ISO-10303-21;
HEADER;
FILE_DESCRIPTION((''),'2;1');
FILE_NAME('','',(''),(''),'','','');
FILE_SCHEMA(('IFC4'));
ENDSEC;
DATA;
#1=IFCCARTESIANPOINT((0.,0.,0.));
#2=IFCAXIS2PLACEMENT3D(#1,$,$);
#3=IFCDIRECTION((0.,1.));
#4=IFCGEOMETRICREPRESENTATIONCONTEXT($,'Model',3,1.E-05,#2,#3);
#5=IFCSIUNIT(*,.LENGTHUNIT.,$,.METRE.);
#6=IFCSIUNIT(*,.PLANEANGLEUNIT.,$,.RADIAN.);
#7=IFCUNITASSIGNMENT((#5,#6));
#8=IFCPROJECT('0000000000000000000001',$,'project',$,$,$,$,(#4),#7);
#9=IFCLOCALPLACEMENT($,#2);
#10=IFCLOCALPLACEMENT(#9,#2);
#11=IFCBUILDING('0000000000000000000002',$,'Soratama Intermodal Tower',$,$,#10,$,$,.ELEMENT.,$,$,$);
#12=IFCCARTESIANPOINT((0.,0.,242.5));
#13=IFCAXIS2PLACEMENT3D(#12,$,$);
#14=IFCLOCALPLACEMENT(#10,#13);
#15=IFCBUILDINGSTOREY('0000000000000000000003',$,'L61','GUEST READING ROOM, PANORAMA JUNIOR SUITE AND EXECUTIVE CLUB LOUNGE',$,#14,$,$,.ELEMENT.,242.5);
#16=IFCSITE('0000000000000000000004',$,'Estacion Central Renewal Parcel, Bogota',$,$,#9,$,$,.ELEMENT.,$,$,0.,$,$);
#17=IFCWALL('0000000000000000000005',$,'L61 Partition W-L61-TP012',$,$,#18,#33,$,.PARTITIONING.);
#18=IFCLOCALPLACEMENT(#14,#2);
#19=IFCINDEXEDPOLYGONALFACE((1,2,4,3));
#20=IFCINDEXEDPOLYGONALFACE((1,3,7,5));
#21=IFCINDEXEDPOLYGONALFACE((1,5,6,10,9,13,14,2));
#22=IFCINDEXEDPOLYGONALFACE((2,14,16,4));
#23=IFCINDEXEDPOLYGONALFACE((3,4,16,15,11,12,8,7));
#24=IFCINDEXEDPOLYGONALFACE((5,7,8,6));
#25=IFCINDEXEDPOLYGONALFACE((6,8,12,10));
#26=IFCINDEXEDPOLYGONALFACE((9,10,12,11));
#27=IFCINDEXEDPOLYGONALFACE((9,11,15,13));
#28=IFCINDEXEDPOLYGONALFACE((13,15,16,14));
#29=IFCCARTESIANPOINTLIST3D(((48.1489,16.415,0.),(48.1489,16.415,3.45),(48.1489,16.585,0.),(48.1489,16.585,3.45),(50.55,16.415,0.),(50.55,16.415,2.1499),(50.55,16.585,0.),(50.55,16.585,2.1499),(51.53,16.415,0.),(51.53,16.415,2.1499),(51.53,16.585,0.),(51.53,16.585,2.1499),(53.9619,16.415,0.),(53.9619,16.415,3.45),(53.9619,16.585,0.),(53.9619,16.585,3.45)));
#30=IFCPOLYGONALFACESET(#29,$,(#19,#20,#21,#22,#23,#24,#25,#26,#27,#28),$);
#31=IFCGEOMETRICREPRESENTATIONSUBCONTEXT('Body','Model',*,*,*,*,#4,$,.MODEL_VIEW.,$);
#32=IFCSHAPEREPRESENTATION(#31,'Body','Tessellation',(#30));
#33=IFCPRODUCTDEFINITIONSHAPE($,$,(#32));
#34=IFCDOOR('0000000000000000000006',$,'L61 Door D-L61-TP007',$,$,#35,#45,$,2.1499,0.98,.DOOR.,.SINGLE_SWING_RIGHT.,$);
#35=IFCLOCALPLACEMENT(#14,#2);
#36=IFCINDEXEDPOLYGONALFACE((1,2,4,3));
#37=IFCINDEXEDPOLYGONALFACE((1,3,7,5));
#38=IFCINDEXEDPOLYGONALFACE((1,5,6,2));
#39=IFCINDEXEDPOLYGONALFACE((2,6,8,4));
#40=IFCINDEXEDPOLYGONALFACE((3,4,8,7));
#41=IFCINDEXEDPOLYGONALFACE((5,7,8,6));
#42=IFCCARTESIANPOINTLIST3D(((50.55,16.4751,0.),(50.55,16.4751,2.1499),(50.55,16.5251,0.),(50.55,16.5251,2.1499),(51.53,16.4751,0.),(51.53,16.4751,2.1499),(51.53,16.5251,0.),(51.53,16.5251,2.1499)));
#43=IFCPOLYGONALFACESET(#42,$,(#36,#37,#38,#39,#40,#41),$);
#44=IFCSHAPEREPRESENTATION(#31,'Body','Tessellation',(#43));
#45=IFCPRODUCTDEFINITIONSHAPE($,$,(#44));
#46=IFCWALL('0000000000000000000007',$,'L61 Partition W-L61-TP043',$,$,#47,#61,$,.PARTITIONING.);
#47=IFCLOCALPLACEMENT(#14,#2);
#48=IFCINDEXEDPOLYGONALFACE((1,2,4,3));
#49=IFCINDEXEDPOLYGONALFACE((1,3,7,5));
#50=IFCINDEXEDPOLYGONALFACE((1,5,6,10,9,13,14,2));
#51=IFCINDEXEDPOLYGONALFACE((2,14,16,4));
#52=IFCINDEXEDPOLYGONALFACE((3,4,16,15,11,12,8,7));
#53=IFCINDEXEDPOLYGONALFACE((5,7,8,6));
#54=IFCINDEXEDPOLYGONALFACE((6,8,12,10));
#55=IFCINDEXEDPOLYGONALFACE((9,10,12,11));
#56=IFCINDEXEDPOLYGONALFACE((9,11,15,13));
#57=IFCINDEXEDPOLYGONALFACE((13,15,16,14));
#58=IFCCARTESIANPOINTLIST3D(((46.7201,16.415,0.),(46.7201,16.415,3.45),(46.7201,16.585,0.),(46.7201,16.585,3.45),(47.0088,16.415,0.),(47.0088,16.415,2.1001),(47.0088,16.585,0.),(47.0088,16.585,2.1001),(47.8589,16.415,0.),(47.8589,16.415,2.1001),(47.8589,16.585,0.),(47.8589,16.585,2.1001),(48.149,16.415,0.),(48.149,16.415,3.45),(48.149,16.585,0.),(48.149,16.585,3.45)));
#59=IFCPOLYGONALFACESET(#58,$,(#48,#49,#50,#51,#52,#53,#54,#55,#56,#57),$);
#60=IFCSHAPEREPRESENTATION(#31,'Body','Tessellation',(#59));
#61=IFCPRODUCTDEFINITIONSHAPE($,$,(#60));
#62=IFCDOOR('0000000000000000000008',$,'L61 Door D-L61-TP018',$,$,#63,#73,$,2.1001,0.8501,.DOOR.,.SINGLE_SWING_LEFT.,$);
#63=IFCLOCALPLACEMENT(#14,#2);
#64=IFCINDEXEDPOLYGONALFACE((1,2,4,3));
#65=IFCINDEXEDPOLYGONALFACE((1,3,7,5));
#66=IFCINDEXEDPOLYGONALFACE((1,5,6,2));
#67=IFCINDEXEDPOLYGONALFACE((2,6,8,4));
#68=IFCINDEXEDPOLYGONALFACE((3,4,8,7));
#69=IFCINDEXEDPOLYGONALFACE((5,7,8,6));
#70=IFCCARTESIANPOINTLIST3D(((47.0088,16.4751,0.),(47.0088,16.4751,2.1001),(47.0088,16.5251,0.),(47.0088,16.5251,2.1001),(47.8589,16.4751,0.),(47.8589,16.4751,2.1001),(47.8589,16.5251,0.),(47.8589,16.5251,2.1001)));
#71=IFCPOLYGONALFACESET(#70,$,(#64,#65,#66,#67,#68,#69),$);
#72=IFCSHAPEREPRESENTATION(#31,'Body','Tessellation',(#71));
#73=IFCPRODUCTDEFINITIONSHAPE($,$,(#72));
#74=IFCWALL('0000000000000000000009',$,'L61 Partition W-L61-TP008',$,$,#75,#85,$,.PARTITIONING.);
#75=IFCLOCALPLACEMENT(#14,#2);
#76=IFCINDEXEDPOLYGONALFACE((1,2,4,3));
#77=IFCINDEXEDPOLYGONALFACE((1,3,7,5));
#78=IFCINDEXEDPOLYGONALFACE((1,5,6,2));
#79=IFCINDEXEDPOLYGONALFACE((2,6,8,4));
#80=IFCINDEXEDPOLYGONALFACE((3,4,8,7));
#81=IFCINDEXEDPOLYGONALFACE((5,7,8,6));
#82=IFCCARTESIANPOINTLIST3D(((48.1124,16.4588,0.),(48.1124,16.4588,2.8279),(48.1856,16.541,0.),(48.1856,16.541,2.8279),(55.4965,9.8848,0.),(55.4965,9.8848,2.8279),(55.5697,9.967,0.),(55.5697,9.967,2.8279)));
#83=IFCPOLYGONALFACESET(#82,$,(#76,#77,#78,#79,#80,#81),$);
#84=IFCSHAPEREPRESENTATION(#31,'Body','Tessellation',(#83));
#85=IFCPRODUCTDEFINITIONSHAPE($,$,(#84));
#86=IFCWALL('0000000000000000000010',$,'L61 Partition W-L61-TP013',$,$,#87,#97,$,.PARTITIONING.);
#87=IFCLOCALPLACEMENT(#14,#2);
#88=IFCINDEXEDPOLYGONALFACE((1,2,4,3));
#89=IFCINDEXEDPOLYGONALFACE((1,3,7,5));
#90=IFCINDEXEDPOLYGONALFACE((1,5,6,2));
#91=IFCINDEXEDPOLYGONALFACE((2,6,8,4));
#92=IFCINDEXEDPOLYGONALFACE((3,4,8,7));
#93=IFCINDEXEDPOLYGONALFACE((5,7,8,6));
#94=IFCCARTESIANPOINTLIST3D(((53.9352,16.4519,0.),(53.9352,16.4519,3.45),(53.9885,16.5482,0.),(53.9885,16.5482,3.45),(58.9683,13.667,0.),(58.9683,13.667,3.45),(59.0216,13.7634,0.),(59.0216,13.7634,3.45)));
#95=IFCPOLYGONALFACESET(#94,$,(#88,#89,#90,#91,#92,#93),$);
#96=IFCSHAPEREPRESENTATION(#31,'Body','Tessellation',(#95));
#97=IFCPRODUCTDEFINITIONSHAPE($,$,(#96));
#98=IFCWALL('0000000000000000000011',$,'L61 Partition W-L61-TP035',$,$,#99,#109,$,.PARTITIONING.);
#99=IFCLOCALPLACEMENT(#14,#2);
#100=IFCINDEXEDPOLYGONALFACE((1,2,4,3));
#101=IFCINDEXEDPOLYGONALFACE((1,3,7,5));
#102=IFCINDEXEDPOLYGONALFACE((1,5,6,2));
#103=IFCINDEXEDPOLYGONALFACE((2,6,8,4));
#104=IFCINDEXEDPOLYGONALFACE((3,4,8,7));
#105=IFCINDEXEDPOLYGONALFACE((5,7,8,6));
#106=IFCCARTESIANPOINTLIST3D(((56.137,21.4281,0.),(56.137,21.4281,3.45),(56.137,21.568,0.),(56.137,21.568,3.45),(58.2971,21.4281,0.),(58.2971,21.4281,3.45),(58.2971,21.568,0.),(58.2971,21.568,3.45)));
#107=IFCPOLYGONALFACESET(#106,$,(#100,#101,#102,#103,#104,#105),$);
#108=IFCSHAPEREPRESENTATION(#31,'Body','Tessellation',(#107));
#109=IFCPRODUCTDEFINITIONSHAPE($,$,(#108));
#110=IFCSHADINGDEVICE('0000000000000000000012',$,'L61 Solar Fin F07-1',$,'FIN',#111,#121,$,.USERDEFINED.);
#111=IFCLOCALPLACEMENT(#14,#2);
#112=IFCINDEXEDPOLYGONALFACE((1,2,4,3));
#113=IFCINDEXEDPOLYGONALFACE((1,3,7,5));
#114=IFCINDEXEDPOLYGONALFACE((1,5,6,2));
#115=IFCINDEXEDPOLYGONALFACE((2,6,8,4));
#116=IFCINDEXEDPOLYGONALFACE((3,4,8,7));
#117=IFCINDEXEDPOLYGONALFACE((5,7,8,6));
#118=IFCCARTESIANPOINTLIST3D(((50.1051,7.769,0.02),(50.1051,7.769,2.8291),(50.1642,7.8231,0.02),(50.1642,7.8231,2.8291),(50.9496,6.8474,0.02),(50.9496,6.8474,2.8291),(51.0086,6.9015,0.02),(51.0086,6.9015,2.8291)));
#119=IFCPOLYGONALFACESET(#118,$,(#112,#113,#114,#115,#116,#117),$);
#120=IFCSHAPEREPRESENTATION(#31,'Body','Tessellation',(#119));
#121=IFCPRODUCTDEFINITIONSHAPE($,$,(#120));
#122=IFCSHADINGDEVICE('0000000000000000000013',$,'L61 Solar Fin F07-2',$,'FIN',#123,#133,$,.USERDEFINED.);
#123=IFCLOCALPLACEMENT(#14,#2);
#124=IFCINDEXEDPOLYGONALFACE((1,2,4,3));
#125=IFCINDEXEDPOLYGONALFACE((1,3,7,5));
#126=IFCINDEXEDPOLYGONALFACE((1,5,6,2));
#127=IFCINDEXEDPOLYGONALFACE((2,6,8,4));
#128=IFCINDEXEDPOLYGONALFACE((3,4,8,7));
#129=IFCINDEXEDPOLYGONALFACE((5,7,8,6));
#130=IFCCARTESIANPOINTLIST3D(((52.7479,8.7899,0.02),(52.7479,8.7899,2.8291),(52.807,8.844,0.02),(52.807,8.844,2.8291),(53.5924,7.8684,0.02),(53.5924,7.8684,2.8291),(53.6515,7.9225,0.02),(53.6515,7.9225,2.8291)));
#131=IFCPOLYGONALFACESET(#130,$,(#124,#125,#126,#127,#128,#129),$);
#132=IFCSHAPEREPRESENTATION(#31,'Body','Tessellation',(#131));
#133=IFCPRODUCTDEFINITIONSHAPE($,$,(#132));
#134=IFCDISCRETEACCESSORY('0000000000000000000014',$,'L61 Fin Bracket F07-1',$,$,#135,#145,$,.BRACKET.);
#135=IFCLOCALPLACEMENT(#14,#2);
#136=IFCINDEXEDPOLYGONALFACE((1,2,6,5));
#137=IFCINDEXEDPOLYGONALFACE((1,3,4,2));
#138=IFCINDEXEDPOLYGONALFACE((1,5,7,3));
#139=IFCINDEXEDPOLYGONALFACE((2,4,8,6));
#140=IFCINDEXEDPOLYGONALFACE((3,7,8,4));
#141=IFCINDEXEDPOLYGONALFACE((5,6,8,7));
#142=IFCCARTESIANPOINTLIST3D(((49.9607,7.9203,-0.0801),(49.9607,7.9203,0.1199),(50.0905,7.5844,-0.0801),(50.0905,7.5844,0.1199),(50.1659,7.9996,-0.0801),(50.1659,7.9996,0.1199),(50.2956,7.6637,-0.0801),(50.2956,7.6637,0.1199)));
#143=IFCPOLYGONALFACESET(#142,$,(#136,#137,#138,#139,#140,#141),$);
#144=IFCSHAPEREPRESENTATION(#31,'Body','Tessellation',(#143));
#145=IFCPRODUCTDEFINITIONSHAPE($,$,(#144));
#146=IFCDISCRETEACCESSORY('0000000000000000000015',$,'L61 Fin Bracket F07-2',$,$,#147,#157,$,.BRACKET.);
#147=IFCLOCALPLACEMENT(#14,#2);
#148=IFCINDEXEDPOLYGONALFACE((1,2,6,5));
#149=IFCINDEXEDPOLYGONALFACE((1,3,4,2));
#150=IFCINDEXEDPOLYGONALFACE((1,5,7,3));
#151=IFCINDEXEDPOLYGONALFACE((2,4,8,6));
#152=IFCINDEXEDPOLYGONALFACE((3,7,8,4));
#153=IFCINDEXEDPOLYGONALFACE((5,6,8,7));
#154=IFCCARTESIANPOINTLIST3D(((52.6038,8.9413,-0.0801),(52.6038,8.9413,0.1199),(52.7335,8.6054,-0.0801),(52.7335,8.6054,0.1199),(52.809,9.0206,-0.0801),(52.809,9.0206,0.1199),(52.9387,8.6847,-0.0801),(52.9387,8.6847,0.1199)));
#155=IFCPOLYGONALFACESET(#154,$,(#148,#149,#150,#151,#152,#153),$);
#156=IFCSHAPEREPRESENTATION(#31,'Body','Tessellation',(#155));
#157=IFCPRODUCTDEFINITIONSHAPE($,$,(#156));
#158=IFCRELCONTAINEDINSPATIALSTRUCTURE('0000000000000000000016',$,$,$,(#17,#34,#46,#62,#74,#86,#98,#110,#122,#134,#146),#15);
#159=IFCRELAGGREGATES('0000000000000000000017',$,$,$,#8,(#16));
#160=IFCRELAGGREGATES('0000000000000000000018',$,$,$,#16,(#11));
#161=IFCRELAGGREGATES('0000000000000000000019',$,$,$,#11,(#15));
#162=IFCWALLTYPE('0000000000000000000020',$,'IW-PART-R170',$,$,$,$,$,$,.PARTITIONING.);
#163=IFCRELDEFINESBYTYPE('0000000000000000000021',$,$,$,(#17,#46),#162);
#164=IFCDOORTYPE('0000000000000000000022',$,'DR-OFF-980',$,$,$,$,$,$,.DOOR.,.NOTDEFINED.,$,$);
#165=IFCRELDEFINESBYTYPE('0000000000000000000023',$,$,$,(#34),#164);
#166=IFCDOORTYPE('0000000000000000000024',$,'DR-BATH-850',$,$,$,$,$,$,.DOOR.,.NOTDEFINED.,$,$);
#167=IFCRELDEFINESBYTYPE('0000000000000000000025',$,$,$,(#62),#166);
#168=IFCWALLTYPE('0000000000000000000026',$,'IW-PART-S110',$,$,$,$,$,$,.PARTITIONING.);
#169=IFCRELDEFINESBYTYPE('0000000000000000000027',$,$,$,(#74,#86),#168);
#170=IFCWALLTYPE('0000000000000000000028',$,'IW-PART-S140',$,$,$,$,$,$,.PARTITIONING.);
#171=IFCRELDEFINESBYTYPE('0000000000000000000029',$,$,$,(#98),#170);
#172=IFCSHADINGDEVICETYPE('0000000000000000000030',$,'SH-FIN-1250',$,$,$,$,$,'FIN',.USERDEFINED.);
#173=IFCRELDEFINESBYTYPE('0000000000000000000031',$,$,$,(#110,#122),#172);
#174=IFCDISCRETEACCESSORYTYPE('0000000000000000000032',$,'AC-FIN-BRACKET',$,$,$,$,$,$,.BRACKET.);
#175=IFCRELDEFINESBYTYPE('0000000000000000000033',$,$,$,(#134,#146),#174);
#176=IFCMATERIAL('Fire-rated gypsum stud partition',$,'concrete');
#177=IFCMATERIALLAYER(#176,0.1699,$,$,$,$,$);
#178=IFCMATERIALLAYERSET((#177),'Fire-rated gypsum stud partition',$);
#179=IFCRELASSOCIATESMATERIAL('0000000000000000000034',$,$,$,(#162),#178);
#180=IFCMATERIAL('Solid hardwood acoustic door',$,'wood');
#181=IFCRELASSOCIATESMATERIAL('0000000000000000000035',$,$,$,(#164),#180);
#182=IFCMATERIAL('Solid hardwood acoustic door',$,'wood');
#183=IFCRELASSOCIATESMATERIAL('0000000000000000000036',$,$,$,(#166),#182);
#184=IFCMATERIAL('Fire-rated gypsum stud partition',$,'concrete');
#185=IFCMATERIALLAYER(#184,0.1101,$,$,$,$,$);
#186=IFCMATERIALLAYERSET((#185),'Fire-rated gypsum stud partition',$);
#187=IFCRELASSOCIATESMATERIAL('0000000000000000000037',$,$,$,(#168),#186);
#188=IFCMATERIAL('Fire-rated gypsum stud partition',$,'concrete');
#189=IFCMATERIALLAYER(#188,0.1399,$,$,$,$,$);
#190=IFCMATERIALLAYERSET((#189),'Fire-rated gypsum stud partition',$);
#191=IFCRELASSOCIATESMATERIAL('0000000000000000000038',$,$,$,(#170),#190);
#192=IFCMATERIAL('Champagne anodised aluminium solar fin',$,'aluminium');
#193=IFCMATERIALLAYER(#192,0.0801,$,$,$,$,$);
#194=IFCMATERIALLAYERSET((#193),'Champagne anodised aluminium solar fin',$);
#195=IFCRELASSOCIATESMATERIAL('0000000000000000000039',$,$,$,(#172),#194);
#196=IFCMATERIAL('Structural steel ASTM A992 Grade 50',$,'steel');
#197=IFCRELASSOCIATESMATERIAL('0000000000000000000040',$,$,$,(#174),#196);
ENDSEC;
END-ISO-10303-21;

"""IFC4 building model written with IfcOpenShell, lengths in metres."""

from ifc_helpers import new_model, si_unit, direction, frame, frame_2d, origin, origin_2d, place, context, subcontext, project, spatial, rectangle, extrude, material, layer, layer_set, type_object, element, fill, save


model = new_model("IFC4")

# Units and contexts
model_context = context("Model", 3, precision=1e-05, world=origin(), true_north=direction((0.0, 1.0)))
body_context = subcontext(model_context, "Body", "Model", "MODEL_VIEW")
ifc_project = project(units=[si_unit("LENGTHUNIT", "METRE"), si_unit("PLANEANGLEUNIT", "RADIAN")], contexts=[model_context])

# Site, building, storey
site_placement = place(None, origin())
site = spatial("IfcSite", under=ifc_project, at=site_placement, Name="Estacion Central Renewal Parcel, Bogota", CompositionType="ELEMENT", RefElevation=0.0)
building_placement = place(site_placement, origin())
building = spatial("IfcBuilding", under=site, at=building_placement, Name="Soratama Intermodal Tower", CompositionType="ELEMENT")
storey_placement = place(building_placement, frame((0.0, 0.0, 242.5)))
storey = spatial("IfcBuildingStorey", under=building, at=storey_placement, Name="L61", Description="GUEST READING ROOM, PANORAMA JUNIOR SUITE AND EXECUTIVE CLUB LOUNGE", CompositionType="ELEMENT", Elevation=242.5)

# Walls, openings, doors
ifc_material_1 = material(Name="Fire-rated gypsum stud partition", Category="concrete")
ifc_layer_1 = layer(ifc_material_1, 0.1699)
ifc_layer_set_1 = layer_set([ifc_layer_1], Name="Fire-rated gypsum stud partition")
wall_type_1 = type_object("IfcWallType", Name="IW-PART-R170", PredefinedType="PARTITIONING", material=ifc_layer_set_1)
wall_1_placement = place(storey_placement, frame((53.9619, 16.5, 0.0), z_axis=(0.0, 0.0, 1.0), x_axis=(-1.0, 0.0, 0.0)))
wall_1 = element("IfcWall", 1, at=wall_1_placement, inside=storey, type_object=wall_type_1, Name="L61 Partition W-L61-TP012", PredefinedType="PARTITIONING", context=body_context, shape_type="SweptSolid", body=[
    extrude(rectangle(XDim=5.813, YDim=0.1699, at=frame_2d((2.9065, 0.0))), origin(), (0.0, 0.0, 1.0), 3.45),
])
opening_1_placement = place(wall_1_placement, frame((2.4319, 0.0, 0.0)))
opening_1 = element("IfcOpeningElement", 2, at=opening_1_placement, cuts=wall_1, PredefinedType="OPENING", context=body_context, shape_type="SweptSolid", body=[
    extrude(rectangle(XDim=0.98, YDim=2.1499, at=frame_2d((0.49, 1.075))), frame((0.0, 0.095, 0.0), z_axis=(0.0, -1.0, 0.0), x_axis=(1.0, 0.0, 0.0)), (0.0, 0.0, 1.0), 0.1899),
])
ifc_material_2 = material(Name="Solid hardwood acoustic door", Category="wood")
door_type_1 = type_object("IfcDoorType", Name="DR-OFF-980", OperationType="NOTDEFINED", PredefinedType="DOOR", material=ifc_material_2)
door_1_placement = place(opening_1_placement, origin())
door_1 = element("IfcDoor", 3, at=door_1_placement, inside=storey, type_object=door_type_1, Name="L61 Door D-L61-TP007", OperationType="SINGLE_SWING_RIGHT", OverallHeight=2.1499, OverallWidth=0.98, PredefinedType="DOOR", context=body_context, shape_type="SweptSolid", body=[
    extrude(rectangle(XDim=0.98, YDim=2.1499, at=frame_2d((0.49, 1.075))), frame((0.0, 0.0249, 0.0), z_axis=(0.0, -1.0, 0.0), x_axis=(1.0, 0.0, 0.0)), (0.0, 0.0, 1.0), 0.05),
])
fill(opening_1, door_1)
wall_2_placement = place(storey_placement, frame((48.1489, 16.5, 0.0), z_axis=(0.0, 0.0, 1.0), x_axis=(-1.0, 0.0, 0.0)))
wall_2 = element("IfcWall", 4, at=wall_2_placement, inside=storey, type_object=wall_type_1, Name="L61 Partition W-L61-TP043", PredefinedType="PARTITIONING", context=body_context, shape_type="SweptSolid", body=[
    extrude(rectangle(XDim=1.429, YDim=0.1699, at=frame_2d((0.7144, 0.0))), origin(), (0.0, 0.0, 1.0), 3.45),
])
opening_2_placement = place(wall_2_placement, frame((0.29, 0.0, 0.0)))
opening_2 = element("IfcOpeningElement", 5, at=opening_2_placement, cuts=wall_2, PredefinedType="OPENING", context=body_context, shape_type="SweptSolid", body=[
    extrude(rectangle(XDim=0.8501, YDim=2.1001, at=frame_2d((0.425, 1.05))), frame((0.0, 0.095, 0.0), z_axis=(0.0, -1.0, 0.0), x_axis=(1.0, 0.0, 0.0)), (0.0, 0.0, 1.0), 0.1899),
])
ifc_material_3 = material(Name="Solid hardwood acoustic door", Category="wood")
door_type_2 = type_object("IfcDoorType", Name="DR-BATH-850", OperationType="NOTDEFINED", PredefinedType="DOOR", material=ifc_material_3)
door_2_placement = place(opening_2_placement, origin())
door_2 = element("IfcDoor", 6, at=door_2_placement, inside=storey, type_object=door_type_2, Name="L61 Door D-L61-TP018", OperationType="SINGLE_SWING_LEFT", OverallHeight=2.1001, OverallWidth=0.8501, PredefinedType="DOOR", context=body_context, shape_type="SweptSolid", body=[
    extrude(rectangle(XDim=0.8501, YDim=2.1001, at=frame_2d((0.425, 1.05))), frame((0.0, 0.0249, 0.0), z_axis=(0.0, -1.0, 0.0), x_axis=(1.0, 0.0, 0.0)), (0.0, 0.0, 1.0), 0.05),
])
fill(opening_2, door_2)

# Walls
ifc_material_4 = material(Name="Fire-rated gypsum stud partition", Category="concrete")
ifc_layer_2 = layer(ifc_material_4, 0.1101)
ifc_layer_set_2 = layer_set([ifc_layer_2], Name="Fire-rated gypsum stud partition")
wall_type_2 = type_object("IfcWallType", Name="IW-PART-S110", PredefinedType="PARTITIONING", material=ifc_layer_set_2)
wall_3_placement = place(storey_placement, frame((48.1489, 16.5, 0.0), z_axis=(0.0, 0.0, 1.0), x_axis=(0.746887, -0.664951, 0.0)))
element("IfcWall", 7, at=wall_3_placement, inside=storey, type_object=wall_type_2, Name="L61 Partition W-L61-TP008", PredefinedType="PARTITIONING", context=body_context, shape_type="SweptSolid", body=[
    extrude(rectangle(XDim=9.8865, YDim=0.1101, at=frame_2d((4.9434, 0.0))), origin(), (0.0, 0.0, 1.0), 2.8279),
])
wall_4_placement = place(storey_placement, frame((53.9619, 16.5, 0.0), z_axis=(0.0, 0.0, 1.0), x_axis=(0.874991, -0.48414, 0.0)))
element("IfcWall", 8, at=wall_4_placement, inside=storey, type_object=wall_type_2, Name="L61 Partition W-L61-TP013", PredefinedType="PARTITIONING", context=body_context, shape_type="SweptSolid", body=[
    extrude(rectangle(XDim=5.7522, YDim=0.1101, at=frame_2d((2.876, 0.0))), origin(), (0.0, 0.0, 1.0), 3.45),
])
ifc_material_5 = material(Name="Fire-rated gypsum stud partition", Category="concrete")
ifc_layer_3 = layer(ifc_material_5, 0.1399)
ifc_layer_set_3 = layer_set([ifc_layer_3], Name="Fire-rated gypsum stud partition")
wall_type_3 = type_object("IfcWallType", Name="IW-PART-S140", PredefinedType="PARTITIONING", material=ifc_layer_set_3)
wall_5_placement = place(storey_placement, frame((56.137, 21.498, 0.0), z_axis=(0.0, 0.0, 1.0), x_axis=(1.0, 0.0, 0.0)))
element("IfcWall", 9, at=wall_5_placement, inside=storey, type_object=wall_type_3, Name="L61 Partition W-L61-TP035", PredefinedType="PARTITIONING", context=body_context, shape_type="SweptSolid", body=[
    extrude(rectangle(XDim=2.1602, YDim=0.1399, at=frame_2d((1.0801, 0.0))), origin(), (0.0, 0.0, 1.0), 3.45),
])

# Shading devices
ifc_material_6 = material(Name="Champagne anodised aluminium solar fin", Category="aluminium")
ifc_layer_4 = layer(ifc_material_6, 0.0801)
ifc_layer_set_4 = layer_set([ifc_layer_4], Name="Champagne anodised aluminium solar fin")
shading_device_type = type_object("IfcShadingDeviceType", Name="SH-FIN-1250", ElementType="FIN", PredefinedType="USERDEFINED", material=ifc_layer_set_4)
for number, where, z_axis, x_axis, name in (
    (10, (50.5569, 7.3352, 0.02), (0.0, 0.0, 1.0), (0.67559, -0.737277, 0.0), "L61 Solar Fin F07-1"),
    (11, (53.1997, 8.3562, 0.02), (0.0, 0.0, 1.0), (0.67559, -0.737277, 0.0), "L61 Solar Fin F07-2"),
):
    element("IfcShadingDevice", number, at=place(storey_placement, frame(where, z_axis=z_axis, x_axis=x_axis)), inside=storey, type_object=shading_device_type, Name=name, ObjectType="FIN", PredefinedType="USERDEFINED", context=body_context, shape_type="SweptSolid", body=[
        extrude(rectangle(XDim=1.25, YDim=0.0801, at=origin_2d()), origin(), (0.0, 0.0, 1.0), 2.8091),
    ])

# Discrete accessories
ifc_material_7 = material(Name="Structural steel ASTM A992 Grade 50", Category="steel")
discrete_accessory_type = type_object("IfcDiscreteAccessoryType", Name="AC-FIN-BRACKET", PredefinedType="BRACKET", material=ifc_material_7)
for number, where, z_axis, x_axis, name in (
    (12, (50.1282, 7.792, -0.0801), (0.0, 0.0, 1.0), (0.360322, -0.932828, 0.0), "L61 Fin Bracket F07-1"),
    (13, (52.7712, 8.813, -0.0801), (0.0, 0.0, 1.0), (0.360322, -0.932828, 0.0), "L61 Fin Bracket F07-2"),
):
    element("IfcDiscreteAccessory", number, at=place(storey_placement, frame(where, z_axis=z_axis, x_axis=x_axis)), inside=storey, type_object=discrete_accessory_type, Name=name, PredefinedType="BRACKET", context=body_context, shape_type="SweptSolid", body=[
        extrude(rectangle(XDim=0.3601, YDim=0.22, at=origin_2d()), origin(), (0.0, 0.0, 1.0), 0.2),
    ])

save(model, "model.ifc")
